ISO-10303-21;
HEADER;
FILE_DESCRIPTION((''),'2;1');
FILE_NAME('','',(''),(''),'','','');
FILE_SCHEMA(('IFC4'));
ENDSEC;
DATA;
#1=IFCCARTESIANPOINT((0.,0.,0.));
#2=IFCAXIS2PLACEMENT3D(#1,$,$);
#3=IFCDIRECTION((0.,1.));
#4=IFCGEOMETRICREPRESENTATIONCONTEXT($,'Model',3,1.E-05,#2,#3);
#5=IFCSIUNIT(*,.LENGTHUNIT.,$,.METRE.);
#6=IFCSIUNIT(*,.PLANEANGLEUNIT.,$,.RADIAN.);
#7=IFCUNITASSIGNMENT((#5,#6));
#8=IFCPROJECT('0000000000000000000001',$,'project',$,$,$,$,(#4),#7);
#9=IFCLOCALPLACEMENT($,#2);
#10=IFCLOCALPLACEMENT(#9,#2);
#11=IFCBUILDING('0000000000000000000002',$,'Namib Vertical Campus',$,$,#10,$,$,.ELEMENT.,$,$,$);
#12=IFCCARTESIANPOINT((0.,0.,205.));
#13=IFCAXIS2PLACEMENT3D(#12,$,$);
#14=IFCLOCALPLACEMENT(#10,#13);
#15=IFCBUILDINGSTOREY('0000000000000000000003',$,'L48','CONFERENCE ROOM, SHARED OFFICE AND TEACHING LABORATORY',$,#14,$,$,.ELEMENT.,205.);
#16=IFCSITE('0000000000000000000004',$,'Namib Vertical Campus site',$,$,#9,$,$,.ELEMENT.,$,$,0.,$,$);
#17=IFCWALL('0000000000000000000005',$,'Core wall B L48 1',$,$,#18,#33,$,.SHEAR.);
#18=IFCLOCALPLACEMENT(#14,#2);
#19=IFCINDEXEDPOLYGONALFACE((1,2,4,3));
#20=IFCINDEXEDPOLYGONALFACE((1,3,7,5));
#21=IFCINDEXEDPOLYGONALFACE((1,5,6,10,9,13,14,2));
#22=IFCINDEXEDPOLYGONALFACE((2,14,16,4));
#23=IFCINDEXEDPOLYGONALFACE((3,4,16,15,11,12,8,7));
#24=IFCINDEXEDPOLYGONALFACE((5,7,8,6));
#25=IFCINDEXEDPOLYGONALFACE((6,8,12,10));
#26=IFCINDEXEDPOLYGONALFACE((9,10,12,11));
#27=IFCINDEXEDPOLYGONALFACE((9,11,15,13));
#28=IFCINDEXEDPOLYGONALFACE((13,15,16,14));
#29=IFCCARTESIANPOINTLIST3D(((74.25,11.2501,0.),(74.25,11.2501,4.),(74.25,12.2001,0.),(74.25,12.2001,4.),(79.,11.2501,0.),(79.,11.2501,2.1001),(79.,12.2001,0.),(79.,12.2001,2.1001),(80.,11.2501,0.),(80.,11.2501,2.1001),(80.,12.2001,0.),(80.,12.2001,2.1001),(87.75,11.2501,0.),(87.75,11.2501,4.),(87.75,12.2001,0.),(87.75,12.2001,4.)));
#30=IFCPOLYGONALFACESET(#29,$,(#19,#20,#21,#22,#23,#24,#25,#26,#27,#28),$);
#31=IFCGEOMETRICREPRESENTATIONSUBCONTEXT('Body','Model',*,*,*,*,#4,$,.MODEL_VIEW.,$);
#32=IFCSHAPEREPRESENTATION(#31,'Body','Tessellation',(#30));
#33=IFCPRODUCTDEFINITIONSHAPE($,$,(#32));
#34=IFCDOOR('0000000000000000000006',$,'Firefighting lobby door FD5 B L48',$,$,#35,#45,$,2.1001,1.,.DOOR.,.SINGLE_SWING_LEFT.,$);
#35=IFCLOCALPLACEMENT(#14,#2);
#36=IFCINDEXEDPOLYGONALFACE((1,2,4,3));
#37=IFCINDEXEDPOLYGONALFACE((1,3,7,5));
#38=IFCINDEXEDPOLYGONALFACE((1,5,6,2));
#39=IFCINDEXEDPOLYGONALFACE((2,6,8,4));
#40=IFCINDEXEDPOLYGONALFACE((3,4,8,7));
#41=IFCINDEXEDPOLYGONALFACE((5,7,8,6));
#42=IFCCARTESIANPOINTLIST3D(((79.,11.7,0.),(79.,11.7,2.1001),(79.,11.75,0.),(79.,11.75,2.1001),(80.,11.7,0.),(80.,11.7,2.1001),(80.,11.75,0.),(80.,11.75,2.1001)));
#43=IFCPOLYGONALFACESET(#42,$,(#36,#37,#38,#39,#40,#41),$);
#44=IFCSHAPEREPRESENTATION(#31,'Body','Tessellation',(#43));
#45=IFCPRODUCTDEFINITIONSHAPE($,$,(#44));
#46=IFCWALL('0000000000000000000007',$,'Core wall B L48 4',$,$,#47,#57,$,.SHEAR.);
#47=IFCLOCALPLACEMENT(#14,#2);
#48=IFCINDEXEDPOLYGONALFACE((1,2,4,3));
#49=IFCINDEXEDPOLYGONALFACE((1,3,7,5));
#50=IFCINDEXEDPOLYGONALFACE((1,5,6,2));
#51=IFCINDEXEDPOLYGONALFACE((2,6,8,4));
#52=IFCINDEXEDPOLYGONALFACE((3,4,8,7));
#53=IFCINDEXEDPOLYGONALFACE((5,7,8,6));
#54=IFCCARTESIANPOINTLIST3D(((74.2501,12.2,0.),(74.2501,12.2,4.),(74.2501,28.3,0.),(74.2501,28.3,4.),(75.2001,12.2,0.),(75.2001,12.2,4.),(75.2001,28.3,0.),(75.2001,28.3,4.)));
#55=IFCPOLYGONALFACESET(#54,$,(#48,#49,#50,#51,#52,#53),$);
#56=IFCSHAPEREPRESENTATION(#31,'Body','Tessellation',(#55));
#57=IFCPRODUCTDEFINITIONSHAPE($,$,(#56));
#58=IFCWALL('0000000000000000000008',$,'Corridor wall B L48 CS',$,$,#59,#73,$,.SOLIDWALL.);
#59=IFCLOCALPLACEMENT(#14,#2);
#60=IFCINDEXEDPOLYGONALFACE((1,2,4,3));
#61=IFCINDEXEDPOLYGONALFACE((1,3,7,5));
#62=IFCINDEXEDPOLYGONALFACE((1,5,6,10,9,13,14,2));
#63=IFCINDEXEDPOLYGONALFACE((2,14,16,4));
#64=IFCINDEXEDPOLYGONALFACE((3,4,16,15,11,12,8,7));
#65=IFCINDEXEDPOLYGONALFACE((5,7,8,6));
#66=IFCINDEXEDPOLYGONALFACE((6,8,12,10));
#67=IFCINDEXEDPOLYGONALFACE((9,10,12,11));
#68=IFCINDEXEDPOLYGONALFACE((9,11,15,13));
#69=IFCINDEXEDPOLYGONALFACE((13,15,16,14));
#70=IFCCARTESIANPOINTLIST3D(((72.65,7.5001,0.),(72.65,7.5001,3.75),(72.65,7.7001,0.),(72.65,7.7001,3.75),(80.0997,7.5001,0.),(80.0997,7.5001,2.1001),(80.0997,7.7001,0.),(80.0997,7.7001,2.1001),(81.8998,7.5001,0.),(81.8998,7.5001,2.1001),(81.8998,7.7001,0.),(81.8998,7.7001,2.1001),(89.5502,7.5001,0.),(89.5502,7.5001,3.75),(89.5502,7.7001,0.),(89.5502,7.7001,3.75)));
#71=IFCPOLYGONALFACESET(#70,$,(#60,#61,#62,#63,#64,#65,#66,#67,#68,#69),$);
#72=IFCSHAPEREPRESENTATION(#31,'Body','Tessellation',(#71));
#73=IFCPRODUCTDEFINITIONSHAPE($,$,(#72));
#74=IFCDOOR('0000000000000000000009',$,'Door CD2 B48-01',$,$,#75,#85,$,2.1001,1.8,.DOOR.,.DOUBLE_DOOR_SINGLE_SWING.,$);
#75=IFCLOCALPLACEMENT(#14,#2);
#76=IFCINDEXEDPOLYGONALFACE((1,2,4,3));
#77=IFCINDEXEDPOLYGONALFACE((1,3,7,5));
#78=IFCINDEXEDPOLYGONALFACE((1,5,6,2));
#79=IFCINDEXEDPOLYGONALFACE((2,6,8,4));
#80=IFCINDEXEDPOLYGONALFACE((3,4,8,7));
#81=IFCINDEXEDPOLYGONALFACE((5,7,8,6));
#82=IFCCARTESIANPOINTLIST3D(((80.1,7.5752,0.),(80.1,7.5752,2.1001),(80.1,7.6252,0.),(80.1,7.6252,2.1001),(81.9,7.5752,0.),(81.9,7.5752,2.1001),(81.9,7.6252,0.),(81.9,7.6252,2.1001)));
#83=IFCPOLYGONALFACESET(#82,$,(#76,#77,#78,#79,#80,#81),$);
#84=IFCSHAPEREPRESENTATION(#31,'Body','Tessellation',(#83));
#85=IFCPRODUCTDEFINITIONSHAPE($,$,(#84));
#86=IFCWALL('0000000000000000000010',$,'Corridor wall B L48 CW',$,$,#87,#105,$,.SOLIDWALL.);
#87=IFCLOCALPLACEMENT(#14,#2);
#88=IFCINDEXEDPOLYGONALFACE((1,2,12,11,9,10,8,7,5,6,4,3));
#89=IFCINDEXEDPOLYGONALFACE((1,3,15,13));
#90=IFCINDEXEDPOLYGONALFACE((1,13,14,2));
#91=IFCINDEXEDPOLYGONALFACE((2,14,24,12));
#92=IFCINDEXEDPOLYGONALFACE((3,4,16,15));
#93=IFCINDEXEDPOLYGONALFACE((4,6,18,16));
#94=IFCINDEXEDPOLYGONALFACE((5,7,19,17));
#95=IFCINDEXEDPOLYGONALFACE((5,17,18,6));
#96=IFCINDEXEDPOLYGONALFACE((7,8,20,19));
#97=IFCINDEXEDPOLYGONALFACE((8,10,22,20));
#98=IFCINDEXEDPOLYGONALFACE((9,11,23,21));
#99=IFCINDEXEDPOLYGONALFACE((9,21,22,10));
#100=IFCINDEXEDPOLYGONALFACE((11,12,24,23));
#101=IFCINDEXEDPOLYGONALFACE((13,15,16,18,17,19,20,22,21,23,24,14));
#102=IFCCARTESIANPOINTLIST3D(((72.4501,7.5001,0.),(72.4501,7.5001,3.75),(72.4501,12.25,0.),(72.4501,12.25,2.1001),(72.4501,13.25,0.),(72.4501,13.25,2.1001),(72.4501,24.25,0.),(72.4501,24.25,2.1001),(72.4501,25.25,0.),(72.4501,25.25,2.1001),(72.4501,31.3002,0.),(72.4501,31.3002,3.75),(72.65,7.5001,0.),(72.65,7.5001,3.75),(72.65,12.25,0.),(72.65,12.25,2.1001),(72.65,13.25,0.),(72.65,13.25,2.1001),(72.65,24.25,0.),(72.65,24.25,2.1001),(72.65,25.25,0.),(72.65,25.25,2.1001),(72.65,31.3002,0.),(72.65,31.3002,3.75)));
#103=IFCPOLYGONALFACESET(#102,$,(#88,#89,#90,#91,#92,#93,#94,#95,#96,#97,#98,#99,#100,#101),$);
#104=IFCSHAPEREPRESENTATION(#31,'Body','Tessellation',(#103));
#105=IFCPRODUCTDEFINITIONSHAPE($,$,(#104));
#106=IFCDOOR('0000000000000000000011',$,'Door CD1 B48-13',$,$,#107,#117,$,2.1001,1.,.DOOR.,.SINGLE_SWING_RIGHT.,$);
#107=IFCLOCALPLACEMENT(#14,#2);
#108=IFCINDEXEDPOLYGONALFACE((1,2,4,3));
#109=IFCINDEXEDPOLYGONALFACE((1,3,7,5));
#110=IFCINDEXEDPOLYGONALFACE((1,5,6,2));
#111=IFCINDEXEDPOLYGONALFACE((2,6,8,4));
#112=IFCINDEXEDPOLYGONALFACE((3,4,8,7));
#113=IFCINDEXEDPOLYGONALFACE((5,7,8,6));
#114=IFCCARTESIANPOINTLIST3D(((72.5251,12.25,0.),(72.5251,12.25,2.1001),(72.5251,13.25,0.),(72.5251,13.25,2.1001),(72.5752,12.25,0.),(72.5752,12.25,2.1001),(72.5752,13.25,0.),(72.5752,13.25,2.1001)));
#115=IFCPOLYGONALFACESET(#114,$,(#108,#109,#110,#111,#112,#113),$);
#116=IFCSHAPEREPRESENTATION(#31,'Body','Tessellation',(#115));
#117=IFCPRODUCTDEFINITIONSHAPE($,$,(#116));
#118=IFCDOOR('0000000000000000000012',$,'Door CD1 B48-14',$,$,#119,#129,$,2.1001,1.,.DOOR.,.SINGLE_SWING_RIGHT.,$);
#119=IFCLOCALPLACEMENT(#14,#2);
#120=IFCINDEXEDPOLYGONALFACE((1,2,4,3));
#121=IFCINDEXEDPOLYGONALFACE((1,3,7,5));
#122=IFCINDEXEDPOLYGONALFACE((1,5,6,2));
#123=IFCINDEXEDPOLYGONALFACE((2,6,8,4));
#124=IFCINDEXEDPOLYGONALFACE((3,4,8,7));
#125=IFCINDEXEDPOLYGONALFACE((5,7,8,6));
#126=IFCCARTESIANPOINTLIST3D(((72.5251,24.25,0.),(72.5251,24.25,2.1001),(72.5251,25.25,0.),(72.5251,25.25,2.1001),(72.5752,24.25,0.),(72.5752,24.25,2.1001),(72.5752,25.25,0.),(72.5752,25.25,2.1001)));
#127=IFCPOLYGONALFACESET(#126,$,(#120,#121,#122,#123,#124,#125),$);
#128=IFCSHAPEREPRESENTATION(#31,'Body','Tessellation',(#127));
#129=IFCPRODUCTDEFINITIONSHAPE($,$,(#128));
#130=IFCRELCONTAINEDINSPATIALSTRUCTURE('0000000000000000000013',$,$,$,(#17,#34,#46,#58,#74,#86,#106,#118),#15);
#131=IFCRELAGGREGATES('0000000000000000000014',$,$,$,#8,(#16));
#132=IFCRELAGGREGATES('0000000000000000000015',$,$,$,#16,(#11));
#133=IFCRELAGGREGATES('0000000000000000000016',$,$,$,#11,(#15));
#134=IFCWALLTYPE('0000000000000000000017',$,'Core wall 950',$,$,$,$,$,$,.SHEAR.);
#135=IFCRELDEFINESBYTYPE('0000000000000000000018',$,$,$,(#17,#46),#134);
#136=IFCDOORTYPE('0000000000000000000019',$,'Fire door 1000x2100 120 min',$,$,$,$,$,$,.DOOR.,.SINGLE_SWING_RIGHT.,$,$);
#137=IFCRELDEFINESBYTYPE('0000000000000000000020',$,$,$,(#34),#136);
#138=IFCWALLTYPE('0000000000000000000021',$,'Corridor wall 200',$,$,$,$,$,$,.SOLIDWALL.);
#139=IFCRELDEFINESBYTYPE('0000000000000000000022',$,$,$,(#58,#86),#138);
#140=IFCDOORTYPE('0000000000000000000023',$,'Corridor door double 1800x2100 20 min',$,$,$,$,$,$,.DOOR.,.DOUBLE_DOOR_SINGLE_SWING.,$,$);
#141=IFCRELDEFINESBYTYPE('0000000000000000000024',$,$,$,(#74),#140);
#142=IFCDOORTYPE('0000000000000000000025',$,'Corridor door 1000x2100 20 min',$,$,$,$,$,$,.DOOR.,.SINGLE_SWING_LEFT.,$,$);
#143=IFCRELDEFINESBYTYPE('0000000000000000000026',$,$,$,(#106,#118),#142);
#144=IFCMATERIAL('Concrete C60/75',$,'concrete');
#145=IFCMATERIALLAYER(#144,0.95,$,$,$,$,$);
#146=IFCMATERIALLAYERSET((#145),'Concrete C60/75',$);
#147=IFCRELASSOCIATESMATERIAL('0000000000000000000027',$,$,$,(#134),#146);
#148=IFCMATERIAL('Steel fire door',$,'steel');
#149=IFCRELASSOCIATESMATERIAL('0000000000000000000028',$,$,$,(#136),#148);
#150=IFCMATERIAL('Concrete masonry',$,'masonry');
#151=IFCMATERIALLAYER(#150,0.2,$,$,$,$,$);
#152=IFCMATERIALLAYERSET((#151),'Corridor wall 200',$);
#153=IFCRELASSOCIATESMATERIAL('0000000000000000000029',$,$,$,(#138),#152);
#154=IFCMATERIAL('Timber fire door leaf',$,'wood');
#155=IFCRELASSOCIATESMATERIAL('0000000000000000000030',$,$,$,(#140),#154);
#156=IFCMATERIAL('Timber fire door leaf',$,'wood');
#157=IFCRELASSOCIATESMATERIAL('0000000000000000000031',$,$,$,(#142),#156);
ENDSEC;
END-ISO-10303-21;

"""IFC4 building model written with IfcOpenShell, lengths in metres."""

from ifc_helpers import new_model, si_unit, direction, frame, frame_2d, origin, place, context, subcontext, project, spatial, rectangle, extrude, material, layer, layer_set, type_object, element, fill, save


model = new_model("IFC4")

# Units and contexts
model_context = context("Model", 3, precision=1e-05, world=origin(), true_north=direction((0.0, 1.0)))
body_context = subcontext(model_context, "Body", "Model", "MODEL_VIEW")
ifc_project = project(units=[si_unit("LENGTHUNIT", "METRE"), si_unit("PLANEANGLEUNIT", "RADIAN")], contexts=[model_context])

# Site, building, storey
site_placement = place(None, origin())
site = spatial("IfcSite", under=ifc_project, at=site_placement, Name="Namib Vertical Campus site", CompositionType="ELEMENT", RefElevation=0.0)
building_placement = place(site_placement, origin())
building = spatial("IfcBuilding", under=site, at=building_placement, Name="Namib Vertical Campus", CompositionType="ELEMENT")
storey_placement = place(building_placement, frame((0.0, 0.0, 205.0)))
storey = spatial("IfcBuildingStorey", under=building, at=storey_placement, Name="L48", Description="CONFERENCE ROOM, SHARED OFFICE AND TEACHING LABORATORY", CompositionType="ELEMENT", Elevation=205.0)

# Wall, opening, door
ifc_material_1 = material(Name="Concrete C60/75", Category="concrete")
ifc_layer_1 = layer(ifc_material_1, 0.95)
ifc_layer_set_1 = layer_set([ifc_layer_1], Name="Concrete C60/75")
wall_type_1 = type_object("IfcWallType", Name="Core wall 950", PredefinedType="SHEAR", material=ifc_layer_set_1)
wall_1_placement = place(storey_placement, frame((74.25, 11.7251, 0.0), z_axis=(0.0, 0.0, 1.0), x_axis=(1.0, 0.0, 0.0)))
wall_1 = element("IfcWall", 1, at=wall_1_placement, inside=storey, type_object=wall_type_1, Name="Core wall B L48 1", PredefinedType="SHEAR", context=body_context, shape_type="SweptSolid", body=[
    extrude(rectangle(XDim=13.5, YDim=0.95, at=frame_2d((6.75, 0.0))), origin(), (0.0, 0.0, 1.0), 4.0),
])
opening_1_placement = place(wall_1_placement, frame((4.75, 0.0, 0.0)))
opening_1 = element("IfcOpeningElement", 2, at=opening_1_placement, cuts=wall_1, PredefinedType="OPENING", context=body_context, shape_type="SweptSolid", body=[
    extrude(rectangle(XDim=1.0, YDim=2.1001, at=frame_2d((0.5, 1.05))), frame((0.0, 0.4849, 0.0), z_axis=(0.0, -1.0, 0.0), x_axis=(1.0, 0.0, 0.0)), (0.0, 0.0, 1.0), 0.97),
])
ifc_material_2 = material(Name="Steel fire door", Category="steel")
door_type_1 = type_object("IfcDoorType", Name="Fire door 1000x2100 120 min", OperationType="SINGLE_SWING_RIGHT", PredefinedType="DOOR", material=ifc_material_2)
door_1_placement = place(opening_1_placement, origin())
door_1 = element("IfcDoor", 3, at=door_1_placement, inside=storey, type_object=door_type_1, Name="Firefighting lobby door FD5 B L48", OperationType="SINGLE_SWING_LEFT", OverallHeight=2.1001, OverallWidth=1.0, PredefinedType="DOOR", context=body_context, shape_type="SweptSolid", body=[
    extrude(rectangle(XDim=1.0, YDim=2.1001, at=frame_2d((0.5, 1.05))), frame((0.0, 0.0249, 0.0), z_axis=(0.0, -1.0, 0.0), x_axis=(1.0, 0.0, 0.0)), (0.0, 0.0, 1.0), 0.05),
])
fill(opening_1, door_1)

# Wall
wall_2_placement = place(storey_placement, frame((74.7251, 28.3, 0.0), z_axis=(0.0, 0.0, 1.0), x_axis=(0.0, -1.0, 0.0)))
element("IfcWall", 4, at=wall_2_placement, inside=storey, type_object=wall_type_1, Name="Core wall B L48 4", PredefinedType="SHEAR", context=body_context, shape_type="SweptSolid", body=[
    extrude(rectangle(XDim=16.1001, YDim=0.95, at=frame_2d((8.05, 0.0))), origin(), (0.0, 0.0, 1.0), 4.0),
])

# Wall, opening, door
ifc_material_3 = material(Name="Concrete masonry", Category="masonry")
ifc_layer_2 = layer(ifc_material_3, 0.2)
ifc_layer_set_2 = layer_set([ifc_layer_2], Name="Corridor wall 200")
wall_type_2 = type_object("IfcWallType", Name="Corridor wall 200", PredefinedType="SOLIDWALL", material=ifc_layer_set_2)
wall_3_placement = place(storey_placement, frame((72.6499, 7.6001, 0.0), z_axis=(0.0, 0.0, 1.0), x_axis=(1.0, 0.0, 0.0)))
wall_3 = element("IfcWall", 5, at=wall_3_placement, inside=storey, type_object=wall_type_2, Name="Corridor wall B L48 CS", PredefinedType="SOLIDWALL", context=body_context, shape_type="SweptSolid", body=[
    extrude(rectangle(XDim=16.9001, YDim=0.2, at=frame_2d((8.4502, 0.0))), origin(), (0.0, 0.0, 1.0), 3.75),
])
opening_2_placement = place(wall_3_placement, frame((7.45, 0.0, 0.0)))
opening_2 = element("IfcOpeningElement", 6, at=opening_2_placement, cuts=wall_3, PredefinedType="OPENING", context=body_context, shape_type="SweptSolid", body=[
    extrude(rectangle(XDim=1.8, YDim=2.1001, at=frame_2d((0.8999, 1.05))), frame((0.0, 0.1099, 0.0), z_axis=(0.0, -1.0, 0.0), x_axis=(1.0, 0.0, 0.0)), (0.0, 0.0, 1.0), 0.22),
])
ifc_material_4 = material(Name="Timber fire door leaf", Category="wood")
door_type_2 = type_object("IfcDoorType", Name="Corridor door double 1800x2100 20 min", OperationType="DOUBLE_DOOR_SINGLE_SWING", PredefinedType="DOOR", material=ifc_material_4)
door_2_placement = place(opening_2_placement, frame((1.8, 0.0, 0.0), z_axis=(0.0, 0.0, 1.0), x_axis=(-1.0, 0.0, 0.0)))
door_2 = element("IfcDoor", 7, at=door_2_placement, inside=storey, type_object=door_type_2, Name="Door CD2 B48-01", OperationType="DOUBLE_DOOR_SINGLE_SWING", OverallHeight=2.1001, OverallWidth=1.8, PredefinedType="DOOR", context=body_context, shape_type="SweptSolid", body=[
    extrude(rectangle(XDim=1.8, YDim=2.1001, at=frame_2d((0.8999, 1.05))), frame((0.0, 0.0249, 0.0), z_axis=(0.0, -1.0, 0.0), x_axis=(1.0, 0.0, 0.0)), (0.0, 0.0, 1.0), 0.05),
])
fill(opening_2, door_2)

# Wall, openings, doors
wall_4_placement = place(storey_placement, frame((72.55, 31.3, 0.0), z_axis=(0.0, 0.0, 1.0), x_axis=(0.0, -1.0, 0.0)))
wall_4 = element("IfcWall", 8, at=wall_4_placement, inside=storey, type_object=wall_type_2, Name="Corridor wall B L48 CW", PredefinedType="SOLIDWALL", context=body_context, shape_type="SweptSolid", body=[
    extrude(rectangle(XDim=23.8, YDim=0.2, at=frame_2d((11.8999, 0.0))), origin(), (0.0, 0.0, 1.0), 3.75),
])
opening_3_placement = place(wall_4_placement, frame((18.05, 0.0, 0.0)))
opening_3 = element("IfcOpeningElement", 9, at=opening_3_placement, cuts=wall_4, PredefinedType="OPENING", context=body_context, shape_type="SweptSolid", body=[
    extrude(rectangle(XDim=1.0, YDim=2.1001, at=frame_2d((0.5, 1.05))), frame((0.0, 0.1099, 0.0), z_axis=(0.0, -1.0, 0.0), x_axis=(1.0, 0.0, 0.0)), (0.0, 0.0, 1.0), 0.22),
])
opening_4_placement = place(wall_4_placement, frame((6.05, 0.0, 0.0)))
opening_4 = element("IfcOpeningElement", 10, at=opening_4_placement, cuts=wall_4, PredefinedType="OPENING", context=body_context, shape_type="SweptSolid", body=[
    extrude(rectangle(XDim=1.0, YDim=2.1001, at=frame_2d((0.5, 1.05))), frame((0.0, 0.1099, 0.0), z_axis=(0.0, -1.0, 0.0), x_axis=(1.0, 0.0, 0.0)), (0.0, 0.0, 1.0), 0.22),
])
ifc_material_5 = material(Name="Timber fire door leaf", Category="wood")
door_type_3 = type_object("IfcDoorType", Name="Corridor door 1000x2100 20 min", OperationType="SINGLE_SWING_LEFT", PredefinedType="DOOR", material=ifc_material_5)
door_3_placement = place(opening_3_placement, frame((1.0, 0.0, 0.0), z_axis=(0.0, 0.0, 1.0), x_axis=(-1.0, 0.0, 0.0)))
door_3 = element("IfcDoor", 11, at=door_3_placement, inside=storey, type_object=door_type_3, Name="Door CD1 B48-13", OperationType="SINGLE_SWING_RIGHT", OverallHeight=2.1001, OverallWidth=1.0, PredefinedType="DOOR", context=body_context, shape_type="SweptSolid", body=[
    extrude(rectangle(XDim=1.0, YDim=2.1001, at=frame_2d((0.5, 1.05))), frame((0.0, 0.0249, 0.0), z_axis=(0.0, -1.0, 0.0), x_axis=(1.0, 0.0, 0.0)), (0.0, 0.0, 1.0), 0.05),
])
fill(opening_3, door_3)
door_4_placement = place(opening_4_placement, frame((1.0, 0.0, 0.0), z_axis=(0.0, 0.0, 1.0), x_axis=(-1.0, 0.0, 0.0)))
door_4 = element("IfcDoor", 12, at=door_4_placement, inside=storey, type_object=door_type_3, Name="Door CD1 B48-14", OperationType="SINGLE_SWING_RIGHT", OverallHeight=2.1001, OverallWidth=1.0, PredefinedType="DOOR", context=body_context, shape_type="SweptSolid", body=[
    extrude(rectangle(XDim=1.0, YDim=2.1001, at=frame_2d((0.5, 1.05))), frame((0.0, 0.0249, 0.0), z_axis=(0.0, -1.0, 0.0), x_axis=(1.0, 0.0, 0.0)), (0.0, 0.0, 1.0), 0.05),
])
fill(opening_4, door_4)

save(model, "model.ifc")
